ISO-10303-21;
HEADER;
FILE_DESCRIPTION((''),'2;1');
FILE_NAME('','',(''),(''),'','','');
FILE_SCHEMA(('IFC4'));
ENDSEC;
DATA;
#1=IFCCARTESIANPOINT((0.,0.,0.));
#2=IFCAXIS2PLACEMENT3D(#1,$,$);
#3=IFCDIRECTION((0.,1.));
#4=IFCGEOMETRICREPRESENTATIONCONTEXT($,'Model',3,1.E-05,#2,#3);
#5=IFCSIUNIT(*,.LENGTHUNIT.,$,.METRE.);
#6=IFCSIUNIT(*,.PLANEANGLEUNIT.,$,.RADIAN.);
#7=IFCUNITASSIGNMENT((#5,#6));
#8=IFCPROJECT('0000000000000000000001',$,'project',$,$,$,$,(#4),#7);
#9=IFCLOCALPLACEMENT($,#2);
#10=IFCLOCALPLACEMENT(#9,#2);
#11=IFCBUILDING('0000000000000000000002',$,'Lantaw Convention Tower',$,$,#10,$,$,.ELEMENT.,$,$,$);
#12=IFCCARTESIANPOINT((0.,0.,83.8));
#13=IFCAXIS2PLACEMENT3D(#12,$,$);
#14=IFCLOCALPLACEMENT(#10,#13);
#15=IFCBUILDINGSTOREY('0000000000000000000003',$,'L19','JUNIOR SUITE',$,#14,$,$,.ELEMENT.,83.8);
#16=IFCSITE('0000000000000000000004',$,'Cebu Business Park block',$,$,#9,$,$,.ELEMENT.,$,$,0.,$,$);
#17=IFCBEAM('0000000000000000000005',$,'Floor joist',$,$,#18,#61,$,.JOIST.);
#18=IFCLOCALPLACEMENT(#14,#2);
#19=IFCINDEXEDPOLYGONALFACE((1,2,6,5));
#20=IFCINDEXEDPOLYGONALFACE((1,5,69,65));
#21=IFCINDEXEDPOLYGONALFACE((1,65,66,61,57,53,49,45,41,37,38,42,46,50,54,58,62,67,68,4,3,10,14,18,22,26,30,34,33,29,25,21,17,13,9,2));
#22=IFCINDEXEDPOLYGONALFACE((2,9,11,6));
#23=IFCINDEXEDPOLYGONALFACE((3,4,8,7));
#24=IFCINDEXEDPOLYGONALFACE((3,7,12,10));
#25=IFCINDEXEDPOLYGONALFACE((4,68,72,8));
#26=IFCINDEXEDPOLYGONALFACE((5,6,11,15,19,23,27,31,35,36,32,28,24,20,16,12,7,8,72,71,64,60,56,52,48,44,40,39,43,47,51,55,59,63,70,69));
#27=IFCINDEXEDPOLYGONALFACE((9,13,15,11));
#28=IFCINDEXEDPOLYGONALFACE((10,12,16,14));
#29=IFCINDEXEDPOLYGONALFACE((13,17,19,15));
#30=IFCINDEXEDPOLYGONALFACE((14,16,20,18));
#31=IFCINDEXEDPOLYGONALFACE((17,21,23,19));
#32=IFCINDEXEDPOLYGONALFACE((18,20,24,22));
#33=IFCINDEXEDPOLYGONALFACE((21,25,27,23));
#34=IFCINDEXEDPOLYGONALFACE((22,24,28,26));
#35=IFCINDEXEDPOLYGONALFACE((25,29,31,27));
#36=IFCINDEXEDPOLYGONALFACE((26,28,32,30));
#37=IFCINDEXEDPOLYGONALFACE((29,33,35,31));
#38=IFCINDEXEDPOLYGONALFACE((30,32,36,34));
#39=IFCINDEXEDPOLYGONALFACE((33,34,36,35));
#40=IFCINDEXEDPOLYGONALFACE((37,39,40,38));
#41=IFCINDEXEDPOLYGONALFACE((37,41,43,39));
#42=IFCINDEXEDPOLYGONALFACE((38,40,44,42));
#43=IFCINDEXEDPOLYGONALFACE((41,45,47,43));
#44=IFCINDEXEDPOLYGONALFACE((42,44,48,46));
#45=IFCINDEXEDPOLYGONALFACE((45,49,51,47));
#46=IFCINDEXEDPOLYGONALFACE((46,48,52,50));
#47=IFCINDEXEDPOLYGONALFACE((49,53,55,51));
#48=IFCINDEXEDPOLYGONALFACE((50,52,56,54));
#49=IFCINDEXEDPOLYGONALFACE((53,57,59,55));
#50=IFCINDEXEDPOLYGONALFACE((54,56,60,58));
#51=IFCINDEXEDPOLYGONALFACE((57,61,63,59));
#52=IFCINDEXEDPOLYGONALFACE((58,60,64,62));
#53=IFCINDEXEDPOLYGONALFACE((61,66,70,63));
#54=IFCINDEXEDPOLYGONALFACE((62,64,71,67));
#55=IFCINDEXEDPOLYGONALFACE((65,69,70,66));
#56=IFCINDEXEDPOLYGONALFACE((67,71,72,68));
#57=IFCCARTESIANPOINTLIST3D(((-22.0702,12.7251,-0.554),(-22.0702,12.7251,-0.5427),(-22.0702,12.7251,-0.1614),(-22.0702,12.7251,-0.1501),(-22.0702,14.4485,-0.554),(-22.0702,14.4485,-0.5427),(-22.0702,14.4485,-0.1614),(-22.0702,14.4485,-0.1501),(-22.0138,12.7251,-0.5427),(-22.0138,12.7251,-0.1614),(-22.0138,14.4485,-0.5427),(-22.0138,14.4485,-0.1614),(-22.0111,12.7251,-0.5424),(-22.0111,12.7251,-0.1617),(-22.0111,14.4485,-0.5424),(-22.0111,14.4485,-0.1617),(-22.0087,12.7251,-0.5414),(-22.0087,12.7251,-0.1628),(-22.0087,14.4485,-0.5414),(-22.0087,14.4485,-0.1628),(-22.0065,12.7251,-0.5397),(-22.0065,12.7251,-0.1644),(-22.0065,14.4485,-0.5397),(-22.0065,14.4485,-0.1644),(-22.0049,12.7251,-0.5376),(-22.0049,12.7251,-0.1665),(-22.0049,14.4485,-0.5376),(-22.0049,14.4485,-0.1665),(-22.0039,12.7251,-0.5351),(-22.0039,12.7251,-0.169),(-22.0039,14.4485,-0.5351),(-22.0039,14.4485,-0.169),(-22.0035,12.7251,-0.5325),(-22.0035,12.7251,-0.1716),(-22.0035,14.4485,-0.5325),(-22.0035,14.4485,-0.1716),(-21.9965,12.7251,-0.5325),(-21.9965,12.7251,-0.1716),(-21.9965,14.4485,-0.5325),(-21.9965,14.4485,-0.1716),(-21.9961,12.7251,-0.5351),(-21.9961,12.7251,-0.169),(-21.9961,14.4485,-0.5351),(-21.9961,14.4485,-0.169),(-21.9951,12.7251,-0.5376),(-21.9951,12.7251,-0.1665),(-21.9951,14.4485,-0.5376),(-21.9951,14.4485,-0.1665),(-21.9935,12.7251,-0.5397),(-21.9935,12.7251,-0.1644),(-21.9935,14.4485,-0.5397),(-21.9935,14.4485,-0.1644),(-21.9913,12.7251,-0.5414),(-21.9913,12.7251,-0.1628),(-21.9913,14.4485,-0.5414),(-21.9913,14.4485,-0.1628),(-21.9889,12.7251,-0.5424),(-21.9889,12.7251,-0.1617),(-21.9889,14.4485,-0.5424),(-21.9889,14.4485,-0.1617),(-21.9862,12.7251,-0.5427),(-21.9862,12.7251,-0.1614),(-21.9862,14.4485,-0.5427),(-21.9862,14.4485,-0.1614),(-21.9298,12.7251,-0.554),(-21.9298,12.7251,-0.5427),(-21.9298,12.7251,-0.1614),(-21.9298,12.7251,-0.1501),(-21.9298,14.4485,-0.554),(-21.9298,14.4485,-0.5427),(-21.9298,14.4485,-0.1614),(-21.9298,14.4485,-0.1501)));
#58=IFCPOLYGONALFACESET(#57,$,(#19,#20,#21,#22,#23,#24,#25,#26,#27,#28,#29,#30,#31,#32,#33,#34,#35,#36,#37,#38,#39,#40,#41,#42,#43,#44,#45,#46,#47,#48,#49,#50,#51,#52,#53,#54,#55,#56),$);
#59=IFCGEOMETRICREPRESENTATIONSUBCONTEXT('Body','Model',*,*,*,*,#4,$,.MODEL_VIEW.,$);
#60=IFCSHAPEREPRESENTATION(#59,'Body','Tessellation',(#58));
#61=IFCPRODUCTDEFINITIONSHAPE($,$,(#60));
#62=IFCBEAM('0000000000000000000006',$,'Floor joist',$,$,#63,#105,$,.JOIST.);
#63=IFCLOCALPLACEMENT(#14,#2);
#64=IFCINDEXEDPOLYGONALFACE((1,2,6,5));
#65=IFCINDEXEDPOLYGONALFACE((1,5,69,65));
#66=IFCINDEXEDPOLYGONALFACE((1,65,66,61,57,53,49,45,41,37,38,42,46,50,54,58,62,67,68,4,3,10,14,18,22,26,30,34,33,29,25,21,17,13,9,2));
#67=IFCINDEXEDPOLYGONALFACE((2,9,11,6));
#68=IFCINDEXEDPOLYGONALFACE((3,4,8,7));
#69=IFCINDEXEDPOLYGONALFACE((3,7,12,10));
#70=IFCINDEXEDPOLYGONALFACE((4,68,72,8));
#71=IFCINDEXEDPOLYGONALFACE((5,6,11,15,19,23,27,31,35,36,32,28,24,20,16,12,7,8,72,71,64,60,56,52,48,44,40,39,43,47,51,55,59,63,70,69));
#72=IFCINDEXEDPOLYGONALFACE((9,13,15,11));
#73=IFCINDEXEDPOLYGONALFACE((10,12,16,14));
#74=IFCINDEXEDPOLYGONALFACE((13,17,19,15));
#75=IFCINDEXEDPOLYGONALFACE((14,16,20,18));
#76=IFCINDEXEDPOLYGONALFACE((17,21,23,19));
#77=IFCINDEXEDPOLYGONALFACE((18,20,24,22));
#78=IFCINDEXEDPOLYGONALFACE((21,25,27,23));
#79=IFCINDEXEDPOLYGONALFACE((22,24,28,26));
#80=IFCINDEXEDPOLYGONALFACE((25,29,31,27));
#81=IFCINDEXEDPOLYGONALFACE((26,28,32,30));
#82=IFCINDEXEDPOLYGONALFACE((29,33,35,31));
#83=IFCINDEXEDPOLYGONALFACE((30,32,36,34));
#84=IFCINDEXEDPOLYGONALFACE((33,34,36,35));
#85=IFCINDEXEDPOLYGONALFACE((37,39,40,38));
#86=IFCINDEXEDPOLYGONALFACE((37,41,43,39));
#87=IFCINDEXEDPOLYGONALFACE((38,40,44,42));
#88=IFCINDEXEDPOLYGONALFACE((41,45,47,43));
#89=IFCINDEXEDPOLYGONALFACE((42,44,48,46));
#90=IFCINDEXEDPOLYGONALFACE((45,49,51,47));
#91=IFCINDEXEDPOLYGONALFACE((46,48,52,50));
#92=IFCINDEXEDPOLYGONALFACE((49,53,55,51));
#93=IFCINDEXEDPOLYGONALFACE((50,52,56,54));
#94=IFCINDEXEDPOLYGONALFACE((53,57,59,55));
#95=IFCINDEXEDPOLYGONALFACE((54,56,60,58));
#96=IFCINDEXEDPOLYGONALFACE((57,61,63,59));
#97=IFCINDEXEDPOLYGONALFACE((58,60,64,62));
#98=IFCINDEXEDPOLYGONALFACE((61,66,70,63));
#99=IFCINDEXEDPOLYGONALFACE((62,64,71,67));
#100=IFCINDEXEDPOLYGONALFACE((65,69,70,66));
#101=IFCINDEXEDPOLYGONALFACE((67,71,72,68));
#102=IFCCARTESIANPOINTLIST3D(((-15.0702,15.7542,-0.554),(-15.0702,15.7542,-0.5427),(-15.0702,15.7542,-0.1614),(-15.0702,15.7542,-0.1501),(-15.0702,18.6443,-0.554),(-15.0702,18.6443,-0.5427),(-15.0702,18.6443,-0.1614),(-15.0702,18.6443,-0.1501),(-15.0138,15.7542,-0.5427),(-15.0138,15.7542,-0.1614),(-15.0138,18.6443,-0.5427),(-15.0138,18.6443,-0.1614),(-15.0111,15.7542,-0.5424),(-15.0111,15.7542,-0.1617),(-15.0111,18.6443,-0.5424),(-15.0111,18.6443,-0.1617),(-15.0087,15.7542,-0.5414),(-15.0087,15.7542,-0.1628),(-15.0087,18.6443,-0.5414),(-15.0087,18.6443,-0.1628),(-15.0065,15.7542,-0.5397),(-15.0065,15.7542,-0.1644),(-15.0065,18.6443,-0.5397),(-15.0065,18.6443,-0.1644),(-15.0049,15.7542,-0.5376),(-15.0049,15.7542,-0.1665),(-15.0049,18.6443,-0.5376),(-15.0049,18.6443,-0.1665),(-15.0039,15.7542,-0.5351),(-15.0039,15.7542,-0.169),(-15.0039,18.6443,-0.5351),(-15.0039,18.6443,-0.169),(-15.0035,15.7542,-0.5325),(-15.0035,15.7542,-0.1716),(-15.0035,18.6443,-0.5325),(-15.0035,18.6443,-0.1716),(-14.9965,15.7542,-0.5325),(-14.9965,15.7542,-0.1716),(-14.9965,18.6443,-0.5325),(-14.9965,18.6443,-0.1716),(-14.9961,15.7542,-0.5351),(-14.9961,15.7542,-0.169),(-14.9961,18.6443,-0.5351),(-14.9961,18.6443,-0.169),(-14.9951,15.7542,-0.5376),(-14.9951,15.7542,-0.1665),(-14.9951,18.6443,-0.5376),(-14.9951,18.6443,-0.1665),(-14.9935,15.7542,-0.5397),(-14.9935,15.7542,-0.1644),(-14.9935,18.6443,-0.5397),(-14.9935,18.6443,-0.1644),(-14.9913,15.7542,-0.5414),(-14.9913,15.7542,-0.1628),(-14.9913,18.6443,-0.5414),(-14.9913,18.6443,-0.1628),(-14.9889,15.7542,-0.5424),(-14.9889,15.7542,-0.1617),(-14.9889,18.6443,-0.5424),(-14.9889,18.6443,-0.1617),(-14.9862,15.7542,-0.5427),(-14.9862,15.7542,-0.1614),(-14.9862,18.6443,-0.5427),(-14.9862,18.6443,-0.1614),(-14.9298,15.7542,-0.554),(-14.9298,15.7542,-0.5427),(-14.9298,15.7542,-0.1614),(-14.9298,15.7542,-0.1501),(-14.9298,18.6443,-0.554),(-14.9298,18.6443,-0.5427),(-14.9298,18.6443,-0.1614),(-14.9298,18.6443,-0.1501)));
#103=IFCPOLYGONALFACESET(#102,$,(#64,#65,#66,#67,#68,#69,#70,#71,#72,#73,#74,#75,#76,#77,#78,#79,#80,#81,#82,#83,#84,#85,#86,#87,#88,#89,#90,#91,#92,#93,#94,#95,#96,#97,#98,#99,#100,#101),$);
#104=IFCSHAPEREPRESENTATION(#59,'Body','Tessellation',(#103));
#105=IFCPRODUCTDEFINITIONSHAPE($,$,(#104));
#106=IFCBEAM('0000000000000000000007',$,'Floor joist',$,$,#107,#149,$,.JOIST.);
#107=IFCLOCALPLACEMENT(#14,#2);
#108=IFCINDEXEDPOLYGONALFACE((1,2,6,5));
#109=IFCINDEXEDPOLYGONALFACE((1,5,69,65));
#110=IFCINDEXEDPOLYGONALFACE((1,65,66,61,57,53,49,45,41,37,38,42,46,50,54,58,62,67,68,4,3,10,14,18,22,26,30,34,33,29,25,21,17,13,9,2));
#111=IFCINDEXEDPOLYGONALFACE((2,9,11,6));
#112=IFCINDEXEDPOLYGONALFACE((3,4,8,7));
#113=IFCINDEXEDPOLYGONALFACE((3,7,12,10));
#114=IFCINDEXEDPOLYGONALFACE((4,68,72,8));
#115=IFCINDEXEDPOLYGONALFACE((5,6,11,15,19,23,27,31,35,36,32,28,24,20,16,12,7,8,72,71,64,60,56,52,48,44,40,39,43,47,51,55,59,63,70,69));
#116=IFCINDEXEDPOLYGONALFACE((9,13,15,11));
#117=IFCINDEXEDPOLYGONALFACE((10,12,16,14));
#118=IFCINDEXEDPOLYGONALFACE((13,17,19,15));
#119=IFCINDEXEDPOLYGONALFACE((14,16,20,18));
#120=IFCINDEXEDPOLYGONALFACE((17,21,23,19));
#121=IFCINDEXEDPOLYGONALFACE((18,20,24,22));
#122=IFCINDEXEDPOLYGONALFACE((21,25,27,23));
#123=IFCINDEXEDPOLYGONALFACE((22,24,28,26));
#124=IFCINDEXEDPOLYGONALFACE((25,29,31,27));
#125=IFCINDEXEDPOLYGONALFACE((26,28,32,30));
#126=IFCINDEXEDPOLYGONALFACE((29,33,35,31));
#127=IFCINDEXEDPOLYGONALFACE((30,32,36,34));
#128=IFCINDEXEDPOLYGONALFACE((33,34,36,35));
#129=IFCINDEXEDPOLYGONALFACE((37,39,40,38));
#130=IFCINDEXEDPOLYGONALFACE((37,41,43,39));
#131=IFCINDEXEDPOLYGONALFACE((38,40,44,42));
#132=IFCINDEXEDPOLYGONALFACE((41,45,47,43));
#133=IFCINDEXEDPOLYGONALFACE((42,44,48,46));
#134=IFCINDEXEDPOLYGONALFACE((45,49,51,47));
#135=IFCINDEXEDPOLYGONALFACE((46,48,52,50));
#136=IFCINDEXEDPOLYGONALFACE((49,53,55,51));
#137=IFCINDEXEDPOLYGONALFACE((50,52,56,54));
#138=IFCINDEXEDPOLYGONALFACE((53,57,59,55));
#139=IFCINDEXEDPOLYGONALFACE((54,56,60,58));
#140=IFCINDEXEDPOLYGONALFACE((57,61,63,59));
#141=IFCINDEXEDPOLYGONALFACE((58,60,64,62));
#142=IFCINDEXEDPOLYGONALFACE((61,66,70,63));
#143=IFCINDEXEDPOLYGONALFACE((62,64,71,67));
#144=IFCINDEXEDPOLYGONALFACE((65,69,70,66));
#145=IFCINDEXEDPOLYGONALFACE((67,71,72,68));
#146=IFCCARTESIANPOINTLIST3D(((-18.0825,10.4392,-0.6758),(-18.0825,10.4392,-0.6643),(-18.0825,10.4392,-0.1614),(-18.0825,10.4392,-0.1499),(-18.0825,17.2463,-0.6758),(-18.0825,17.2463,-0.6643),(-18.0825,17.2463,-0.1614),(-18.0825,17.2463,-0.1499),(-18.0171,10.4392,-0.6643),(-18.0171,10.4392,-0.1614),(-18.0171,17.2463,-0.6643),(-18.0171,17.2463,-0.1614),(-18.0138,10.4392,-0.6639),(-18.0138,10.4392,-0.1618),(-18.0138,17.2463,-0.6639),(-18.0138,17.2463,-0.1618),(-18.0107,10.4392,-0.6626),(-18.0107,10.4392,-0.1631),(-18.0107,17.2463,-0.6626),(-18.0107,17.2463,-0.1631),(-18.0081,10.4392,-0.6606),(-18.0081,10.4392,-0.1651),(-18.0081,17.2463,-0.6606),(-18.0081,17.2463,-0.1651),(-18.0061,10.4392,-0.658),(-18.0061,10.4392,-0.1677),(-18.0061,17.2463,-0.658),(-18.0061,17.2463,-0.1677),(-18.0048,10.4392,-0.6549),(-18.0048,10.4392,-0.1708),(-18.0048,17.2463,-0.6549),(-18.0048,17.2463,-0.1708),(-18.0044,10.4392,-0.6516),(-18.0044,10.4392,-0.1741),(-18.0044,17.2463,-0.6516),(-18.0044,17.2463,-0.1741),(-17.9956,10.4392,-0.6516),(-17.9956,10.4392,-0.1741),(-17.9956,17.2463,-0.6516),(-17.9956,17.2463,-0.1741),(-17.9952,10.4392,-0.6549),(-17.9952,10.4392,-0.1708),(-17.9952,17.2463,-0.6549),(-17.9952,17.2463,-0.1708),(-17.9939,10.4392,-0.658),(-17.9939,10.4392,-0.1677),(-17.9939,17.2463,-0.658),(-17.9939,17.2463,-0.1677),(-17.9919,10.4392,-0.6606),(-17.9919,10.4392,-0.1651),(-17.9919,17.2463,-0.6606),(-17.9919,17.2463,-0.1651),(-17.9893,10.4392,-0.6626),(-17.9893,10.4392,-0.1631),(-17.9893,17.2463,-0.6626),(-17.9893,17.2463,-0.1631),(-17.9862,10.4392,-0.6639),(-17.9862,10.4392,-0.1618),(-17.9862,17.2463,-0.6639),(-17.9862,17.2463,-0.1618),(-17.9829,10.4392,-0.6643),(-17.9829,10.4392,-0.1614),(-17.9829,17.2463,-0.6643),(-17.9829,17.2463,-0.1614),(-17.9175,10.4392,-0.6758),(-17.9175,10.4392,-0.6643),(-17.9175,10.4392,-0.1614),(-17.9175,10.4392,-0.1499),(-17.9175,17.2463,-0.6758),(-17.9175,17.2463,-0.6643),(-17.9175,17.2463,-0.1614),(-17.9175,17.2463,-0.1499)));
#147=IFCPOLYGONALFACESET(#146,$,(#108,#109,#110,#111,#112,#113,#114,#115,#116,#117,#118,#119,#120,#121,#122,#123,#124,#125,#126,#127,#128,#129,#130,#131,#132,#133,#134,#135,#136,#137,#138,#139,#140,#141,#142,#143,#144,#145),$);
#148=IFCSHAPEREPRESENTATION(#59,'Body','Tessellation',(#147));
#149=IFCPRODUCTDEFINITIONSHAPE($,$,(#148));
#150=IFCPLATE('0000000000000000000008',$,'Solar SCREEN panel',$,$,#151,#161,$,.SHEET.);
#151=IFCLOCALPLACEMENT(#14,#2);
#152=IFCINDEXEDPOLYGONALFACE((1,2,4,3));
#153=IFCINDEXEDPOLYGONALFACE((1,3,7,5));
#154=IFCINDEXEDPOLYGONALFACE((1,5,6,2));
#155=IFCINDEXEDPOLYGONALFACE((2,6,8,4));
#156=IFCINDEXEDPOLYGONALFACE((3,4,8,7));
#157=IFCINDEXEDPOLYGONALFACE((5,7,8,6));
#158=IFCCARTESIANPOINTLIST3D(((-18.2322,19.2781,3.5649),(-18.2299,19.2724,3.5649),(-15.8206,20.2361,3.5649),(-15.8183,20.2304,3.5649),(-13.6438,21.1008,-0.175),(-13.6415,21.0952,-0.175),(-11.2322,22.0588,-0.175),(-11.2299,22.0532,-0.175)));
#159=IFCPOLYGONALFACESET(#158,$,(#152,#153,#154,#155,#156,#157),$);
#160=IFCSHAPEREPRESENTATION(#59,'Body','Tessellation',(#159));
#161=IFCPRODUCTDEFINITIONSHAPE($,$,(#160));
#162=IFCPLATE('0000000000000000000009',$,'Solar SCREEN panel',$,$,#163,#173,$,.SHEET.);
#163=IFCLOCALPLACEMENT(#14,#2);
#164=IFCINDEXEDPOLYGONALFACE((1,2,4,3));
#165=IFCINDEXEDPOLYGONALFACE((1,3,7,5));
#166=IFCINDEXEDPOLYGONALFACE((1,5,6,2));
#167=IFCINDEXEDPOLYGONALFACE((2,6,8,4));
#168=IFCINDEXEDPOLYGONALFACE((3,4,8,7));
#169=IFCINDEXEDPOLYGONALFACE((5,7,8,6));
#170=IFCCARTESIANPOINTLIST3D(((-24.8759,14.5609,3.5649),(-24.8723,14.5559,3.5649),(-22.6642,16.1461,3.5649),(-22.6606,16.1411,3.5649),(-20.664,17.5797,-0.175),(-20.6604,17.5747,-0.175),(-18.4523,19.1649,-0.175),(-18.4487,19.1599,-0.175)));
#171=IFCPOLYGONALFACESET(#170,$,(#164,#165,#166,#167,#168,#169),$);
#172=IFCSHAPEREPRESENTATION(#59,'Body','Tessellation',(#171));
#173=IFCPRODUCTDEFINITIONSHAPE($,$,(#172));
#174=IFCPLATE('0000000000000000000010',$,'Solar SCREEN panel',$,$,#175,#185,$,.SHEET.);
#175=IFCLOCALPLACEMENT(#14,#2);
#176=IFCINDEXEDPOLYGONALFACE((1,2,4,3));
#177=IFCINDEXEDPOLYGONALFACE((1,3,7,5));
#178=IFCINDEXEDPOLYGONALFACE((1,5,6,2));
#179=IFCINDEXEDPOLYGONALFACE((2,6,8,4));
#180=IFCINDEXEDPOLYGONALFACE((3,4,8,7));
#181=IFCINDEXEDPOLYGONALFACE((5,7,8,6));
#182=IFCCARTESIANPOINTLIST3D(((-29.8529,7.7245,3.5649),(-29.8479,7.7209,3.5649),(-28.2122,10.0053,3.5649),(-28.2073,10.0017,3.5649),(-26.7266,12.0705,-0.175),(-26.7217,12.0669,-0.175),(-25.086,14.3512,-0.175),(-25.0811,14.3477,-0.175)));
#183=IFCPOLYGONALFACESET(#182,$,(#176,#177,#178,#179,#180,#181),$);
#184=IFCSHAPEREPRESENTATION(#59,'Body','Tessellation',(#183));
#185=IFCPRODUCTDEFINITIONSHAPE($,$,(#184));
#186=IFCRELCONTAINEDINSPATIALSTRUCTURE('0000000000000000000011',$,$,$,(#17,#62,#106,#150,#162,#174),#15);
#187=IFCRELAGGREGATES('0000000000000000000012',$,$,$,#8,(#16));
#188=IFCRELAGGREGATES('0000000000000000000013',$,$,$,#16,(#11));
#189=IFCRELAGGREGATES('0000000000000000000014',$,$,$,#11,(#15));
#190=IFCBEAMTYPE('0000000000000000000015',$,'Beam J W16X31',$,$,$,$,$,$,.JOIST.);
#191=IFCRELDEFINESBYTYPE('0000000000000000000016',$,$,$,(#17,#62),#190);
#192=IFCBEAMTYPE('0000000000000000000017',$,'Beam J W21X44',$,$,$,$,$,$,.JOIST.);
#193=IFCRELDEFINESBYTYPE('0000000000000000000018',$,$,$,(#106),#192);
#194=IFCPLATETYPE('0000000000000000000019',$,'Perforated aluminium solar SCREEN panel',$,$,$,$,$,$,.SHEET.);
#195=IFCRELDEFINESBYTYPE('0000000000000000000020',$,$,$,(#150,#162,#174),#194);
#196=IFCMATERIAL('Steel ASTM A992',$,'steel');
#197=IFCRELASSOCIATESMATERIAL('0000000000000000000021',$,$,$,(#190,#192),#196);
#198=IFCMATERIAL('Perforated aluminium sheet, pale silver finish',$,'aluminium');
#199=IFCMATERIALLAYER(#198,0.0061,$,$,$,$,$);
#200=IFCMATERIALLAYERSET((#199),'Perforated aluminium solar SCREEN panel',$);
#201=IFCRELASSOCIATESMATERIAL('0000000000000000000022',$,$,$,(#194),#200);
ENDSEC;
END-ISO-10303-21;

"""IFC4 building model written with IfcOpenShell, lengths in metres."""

from ifc_helpers import new_model, si_unit, direction, frame, origin, origin_2d, place, context, subcontext, project, spatial, polyline, i_section, outline, extrude, material, layer, layer_set, material_profile, profile_set, type_object, element, save


model = new_model("IFC4")

# Units and contexts
model_context = context("Model", 3, precision=1e-05, world=origin(), true_north=direction((0.0, 1.0)))
body_context = subcontext(model_context, "Body", "Model", "MODEL_VIEW")
ifc_project = project(units=[si_unit("LENGTHUNIT", "METRE"), si_unit("PLANEANGLEUNIT", "RADIAN")], contexts=[model_context])

# Site, building, storey
site_placement = place(None, origin())
site = spatial("IfcSite", under=ifc_project, at=site_placement, Name="Cebu Business Park block", CompositionType="ELEMENT", RefElevation=0.0)
building_placement = place(site_placement, origin())
building = spatial("IfcBuilding", under=site, at=building_placement, Name="Lantaw Convention Tower", CompositionType="ELEMENT")
storey_placement = place(building_placement, frame((0.0, 0.0, 83.8)))
storey = spatial("IfcBuildingStorey", under=building, at=storey_placement, Name="L19", Description="JUNIOR SUITE", CompositionType="ELEMENT", Elevation=83.8)

# Beams
ifc_material_1 = material(Name="Steel ASTM A992", Category="steel")
ifc_material_profile_1 = material_profile(ifc_material_1, i_section(OverallWidth=0.1404, OverallDepth=0.4038, WebThickness=0.0071, FlangeThickness=0.0112, FilletRadius=0.0103, at=origin_2d()), Name="W16X31")
ifc_profile_set_1 = profile_set([ifc_material_profile_1], Name="Steel ASTM A992")
beam_type_1 = type_object("IfcBeamType", Name="Beam J W16X31", PredefinedType="JOIST", material=ifc_profile_set_1)
beam_1_placement = place(storey_placement, frame((-22.0, 12.7251, -0.3521), z_axis=(0.0, 1.0, 0.0), x_axis=(-1.0, 0.0, 0.0)))
element("IfcBeam", 1, at=beam_1_placement, inside=storey, type_object=beam_type_1, Name="Floor joist", PredefinedType="JOIST", context=body_context, shape_type="SweptSolid", body=[
    extrude(i_section(OverallWidth=0.1404, OverallDepth=0.4038, WebThickness=0.0071, FlangeThickness=0.0112, FilletRadius=0.0103, at=origin_2d()), origin(), (0.0, 0.0, 1.0), 1.7234),
])
beam_2_placement = place(storey_placement, frame((-15.0, 15.7542, -0.3521), z_axis=(0.0, 1.0, 0.0), x_axis=(-1.0, 0.0, 0.0)))
element("IfcBeam", 2, at=beam_2_placement, inside=storey, type_object=beam_type_1, Name="Floor joist", PredefinedType="JOIST", context=body_context, shape_type="SweptSolid", body=[
    extrude(i_section(OverallWidth=0.1404, OverallDepth=0.4038, WebThickness=0.0071, FlangeThickness=0.0112, FilletRadius=0.0103, at=origin_2d()), origin(), (0.0, 0.0, 1.0), 2.8901),
])
ifc_material_profile_2 = material_profile(ifc_material_1, i_section(OverallWidth=0.165, OverallDepth=0.5259, WebThickness=0.0088, FlangeThickness=0.0115, FilletRadius=0.0127, at=origin_2d()), Name="W21X44")
ifc_profile_set_2 = profile_set([ifc_material_profile_2], Name="Steel ASTM A992")
beam_type_2 = type_object("IfcBeamType", Name="Beam J W21X44", PredefinedType="JOIST", material=ifc_profile_set_2)
beam_3_placement = place(storey_placement, frame((-18.0, 10.4392, -0.4128), z_axis=(0.0, 1.0, 0.0), x_axis=(-1.0, 0.0, 0.0)))
element("IfcBeam", 3, at=beam_3_placement, inside=storey, type_object=beam_type_2, Name="Floor joist", PredefinedType="JOIST", context=body_context, shape_type="SweptSolid", body=[
    extrude(i_section(OverallWidth=0.165, OverallDepth=0.5259, WebThickness=0.0088, FlangeThickness=0.0115, FilletRadius=0.0127, at=origin_2d()), origin(), (0.0, 0.0, 1.0), 6.8071),
])

# Plates
ifc_material_2 = material(Name="Perforated aluminium sheet, pale silver finish", Category="aluminium")
ifc_layer_1 = layer(ifc_material_2, 0.0061)
ifc_layer_set_1 = layer_set([ifc_layer_1], Name="Perforated aluminium solar SCREEN panel")
plate_type = type_object("IfcPlateType", Name="Perforated aluminium solar SCREEN panel", PredefinedType="SHEET", material=ifc_layer_set_1)
plate_1_placement = place(storey_placement, frame((-11.2322, 22.0588, -0.175), z_axis=(-0.369184, 0.929357, 0.000009), x_axis=(-0.929357, -0.369184, 0.0)))
element("IfcPlate", 4, at=plate_1_placement, inside=storey, type_object=plate_type, Name="Solar SCREEN panel", PredefinedType="SHEET", context=body_context, shape_type="SweptSolid", body=[
    extrude(outline(polyline([(0.0, 0.0), (2.5949, 0.0), (7.5321, 3.74), (4.9372, 3.74), (0.0, 0.0)])), origin(), (0.0, 0.0, -1.0), 0.0061),
])
plate_2_placement = place(storey_placement, frame((-18.4487, 19.1599, -0.175), z_axis=(0.582561, -0.812787, 0.000016), x_axis=(-0.812787, -0.582561, 0.0)))
element("IfcPlate", 5, at=plate_2_placement, inside=storey, type_object=plate_type, Name="Solar SCREEN panel", PredefinedType="SHEET", context=body_context, shape_type="SweptSolid", body=[
    extrude(outline(polyline([(0.0, 0.0), (2.7211, 0.0), (7.9031, -3.74), (5.182, -3.74), (0.0, 0.0)])), origin(), (0.0, 0.0, -1.0), 0.0061),
])
plate_3_placement = place(storey_placement, frame((-25.0811, 14.3477, -0.175), z_axis=(0.811791, -0.583948, 0.000009), x_axis=(-0.583948, -0.811791, 0.0)))
element("IfcPlate", 6, at=plate_3_placement, inside=storey, type_object=plate_type, Name="Solar SCREEN panel", PredefinedType="SHEET", context=body_context, shape_type="SweptSolid", body=[
    extrude(outline(polyline([(0.0, 0.0), (2.8095, 0.0), (8.1631, -3.74), (5.3536, -3.74), (0.0, 0.0)])), origin(), (0.0, 0.0, -1.0), 0.0061),
])

save(model, "model.ifc")
